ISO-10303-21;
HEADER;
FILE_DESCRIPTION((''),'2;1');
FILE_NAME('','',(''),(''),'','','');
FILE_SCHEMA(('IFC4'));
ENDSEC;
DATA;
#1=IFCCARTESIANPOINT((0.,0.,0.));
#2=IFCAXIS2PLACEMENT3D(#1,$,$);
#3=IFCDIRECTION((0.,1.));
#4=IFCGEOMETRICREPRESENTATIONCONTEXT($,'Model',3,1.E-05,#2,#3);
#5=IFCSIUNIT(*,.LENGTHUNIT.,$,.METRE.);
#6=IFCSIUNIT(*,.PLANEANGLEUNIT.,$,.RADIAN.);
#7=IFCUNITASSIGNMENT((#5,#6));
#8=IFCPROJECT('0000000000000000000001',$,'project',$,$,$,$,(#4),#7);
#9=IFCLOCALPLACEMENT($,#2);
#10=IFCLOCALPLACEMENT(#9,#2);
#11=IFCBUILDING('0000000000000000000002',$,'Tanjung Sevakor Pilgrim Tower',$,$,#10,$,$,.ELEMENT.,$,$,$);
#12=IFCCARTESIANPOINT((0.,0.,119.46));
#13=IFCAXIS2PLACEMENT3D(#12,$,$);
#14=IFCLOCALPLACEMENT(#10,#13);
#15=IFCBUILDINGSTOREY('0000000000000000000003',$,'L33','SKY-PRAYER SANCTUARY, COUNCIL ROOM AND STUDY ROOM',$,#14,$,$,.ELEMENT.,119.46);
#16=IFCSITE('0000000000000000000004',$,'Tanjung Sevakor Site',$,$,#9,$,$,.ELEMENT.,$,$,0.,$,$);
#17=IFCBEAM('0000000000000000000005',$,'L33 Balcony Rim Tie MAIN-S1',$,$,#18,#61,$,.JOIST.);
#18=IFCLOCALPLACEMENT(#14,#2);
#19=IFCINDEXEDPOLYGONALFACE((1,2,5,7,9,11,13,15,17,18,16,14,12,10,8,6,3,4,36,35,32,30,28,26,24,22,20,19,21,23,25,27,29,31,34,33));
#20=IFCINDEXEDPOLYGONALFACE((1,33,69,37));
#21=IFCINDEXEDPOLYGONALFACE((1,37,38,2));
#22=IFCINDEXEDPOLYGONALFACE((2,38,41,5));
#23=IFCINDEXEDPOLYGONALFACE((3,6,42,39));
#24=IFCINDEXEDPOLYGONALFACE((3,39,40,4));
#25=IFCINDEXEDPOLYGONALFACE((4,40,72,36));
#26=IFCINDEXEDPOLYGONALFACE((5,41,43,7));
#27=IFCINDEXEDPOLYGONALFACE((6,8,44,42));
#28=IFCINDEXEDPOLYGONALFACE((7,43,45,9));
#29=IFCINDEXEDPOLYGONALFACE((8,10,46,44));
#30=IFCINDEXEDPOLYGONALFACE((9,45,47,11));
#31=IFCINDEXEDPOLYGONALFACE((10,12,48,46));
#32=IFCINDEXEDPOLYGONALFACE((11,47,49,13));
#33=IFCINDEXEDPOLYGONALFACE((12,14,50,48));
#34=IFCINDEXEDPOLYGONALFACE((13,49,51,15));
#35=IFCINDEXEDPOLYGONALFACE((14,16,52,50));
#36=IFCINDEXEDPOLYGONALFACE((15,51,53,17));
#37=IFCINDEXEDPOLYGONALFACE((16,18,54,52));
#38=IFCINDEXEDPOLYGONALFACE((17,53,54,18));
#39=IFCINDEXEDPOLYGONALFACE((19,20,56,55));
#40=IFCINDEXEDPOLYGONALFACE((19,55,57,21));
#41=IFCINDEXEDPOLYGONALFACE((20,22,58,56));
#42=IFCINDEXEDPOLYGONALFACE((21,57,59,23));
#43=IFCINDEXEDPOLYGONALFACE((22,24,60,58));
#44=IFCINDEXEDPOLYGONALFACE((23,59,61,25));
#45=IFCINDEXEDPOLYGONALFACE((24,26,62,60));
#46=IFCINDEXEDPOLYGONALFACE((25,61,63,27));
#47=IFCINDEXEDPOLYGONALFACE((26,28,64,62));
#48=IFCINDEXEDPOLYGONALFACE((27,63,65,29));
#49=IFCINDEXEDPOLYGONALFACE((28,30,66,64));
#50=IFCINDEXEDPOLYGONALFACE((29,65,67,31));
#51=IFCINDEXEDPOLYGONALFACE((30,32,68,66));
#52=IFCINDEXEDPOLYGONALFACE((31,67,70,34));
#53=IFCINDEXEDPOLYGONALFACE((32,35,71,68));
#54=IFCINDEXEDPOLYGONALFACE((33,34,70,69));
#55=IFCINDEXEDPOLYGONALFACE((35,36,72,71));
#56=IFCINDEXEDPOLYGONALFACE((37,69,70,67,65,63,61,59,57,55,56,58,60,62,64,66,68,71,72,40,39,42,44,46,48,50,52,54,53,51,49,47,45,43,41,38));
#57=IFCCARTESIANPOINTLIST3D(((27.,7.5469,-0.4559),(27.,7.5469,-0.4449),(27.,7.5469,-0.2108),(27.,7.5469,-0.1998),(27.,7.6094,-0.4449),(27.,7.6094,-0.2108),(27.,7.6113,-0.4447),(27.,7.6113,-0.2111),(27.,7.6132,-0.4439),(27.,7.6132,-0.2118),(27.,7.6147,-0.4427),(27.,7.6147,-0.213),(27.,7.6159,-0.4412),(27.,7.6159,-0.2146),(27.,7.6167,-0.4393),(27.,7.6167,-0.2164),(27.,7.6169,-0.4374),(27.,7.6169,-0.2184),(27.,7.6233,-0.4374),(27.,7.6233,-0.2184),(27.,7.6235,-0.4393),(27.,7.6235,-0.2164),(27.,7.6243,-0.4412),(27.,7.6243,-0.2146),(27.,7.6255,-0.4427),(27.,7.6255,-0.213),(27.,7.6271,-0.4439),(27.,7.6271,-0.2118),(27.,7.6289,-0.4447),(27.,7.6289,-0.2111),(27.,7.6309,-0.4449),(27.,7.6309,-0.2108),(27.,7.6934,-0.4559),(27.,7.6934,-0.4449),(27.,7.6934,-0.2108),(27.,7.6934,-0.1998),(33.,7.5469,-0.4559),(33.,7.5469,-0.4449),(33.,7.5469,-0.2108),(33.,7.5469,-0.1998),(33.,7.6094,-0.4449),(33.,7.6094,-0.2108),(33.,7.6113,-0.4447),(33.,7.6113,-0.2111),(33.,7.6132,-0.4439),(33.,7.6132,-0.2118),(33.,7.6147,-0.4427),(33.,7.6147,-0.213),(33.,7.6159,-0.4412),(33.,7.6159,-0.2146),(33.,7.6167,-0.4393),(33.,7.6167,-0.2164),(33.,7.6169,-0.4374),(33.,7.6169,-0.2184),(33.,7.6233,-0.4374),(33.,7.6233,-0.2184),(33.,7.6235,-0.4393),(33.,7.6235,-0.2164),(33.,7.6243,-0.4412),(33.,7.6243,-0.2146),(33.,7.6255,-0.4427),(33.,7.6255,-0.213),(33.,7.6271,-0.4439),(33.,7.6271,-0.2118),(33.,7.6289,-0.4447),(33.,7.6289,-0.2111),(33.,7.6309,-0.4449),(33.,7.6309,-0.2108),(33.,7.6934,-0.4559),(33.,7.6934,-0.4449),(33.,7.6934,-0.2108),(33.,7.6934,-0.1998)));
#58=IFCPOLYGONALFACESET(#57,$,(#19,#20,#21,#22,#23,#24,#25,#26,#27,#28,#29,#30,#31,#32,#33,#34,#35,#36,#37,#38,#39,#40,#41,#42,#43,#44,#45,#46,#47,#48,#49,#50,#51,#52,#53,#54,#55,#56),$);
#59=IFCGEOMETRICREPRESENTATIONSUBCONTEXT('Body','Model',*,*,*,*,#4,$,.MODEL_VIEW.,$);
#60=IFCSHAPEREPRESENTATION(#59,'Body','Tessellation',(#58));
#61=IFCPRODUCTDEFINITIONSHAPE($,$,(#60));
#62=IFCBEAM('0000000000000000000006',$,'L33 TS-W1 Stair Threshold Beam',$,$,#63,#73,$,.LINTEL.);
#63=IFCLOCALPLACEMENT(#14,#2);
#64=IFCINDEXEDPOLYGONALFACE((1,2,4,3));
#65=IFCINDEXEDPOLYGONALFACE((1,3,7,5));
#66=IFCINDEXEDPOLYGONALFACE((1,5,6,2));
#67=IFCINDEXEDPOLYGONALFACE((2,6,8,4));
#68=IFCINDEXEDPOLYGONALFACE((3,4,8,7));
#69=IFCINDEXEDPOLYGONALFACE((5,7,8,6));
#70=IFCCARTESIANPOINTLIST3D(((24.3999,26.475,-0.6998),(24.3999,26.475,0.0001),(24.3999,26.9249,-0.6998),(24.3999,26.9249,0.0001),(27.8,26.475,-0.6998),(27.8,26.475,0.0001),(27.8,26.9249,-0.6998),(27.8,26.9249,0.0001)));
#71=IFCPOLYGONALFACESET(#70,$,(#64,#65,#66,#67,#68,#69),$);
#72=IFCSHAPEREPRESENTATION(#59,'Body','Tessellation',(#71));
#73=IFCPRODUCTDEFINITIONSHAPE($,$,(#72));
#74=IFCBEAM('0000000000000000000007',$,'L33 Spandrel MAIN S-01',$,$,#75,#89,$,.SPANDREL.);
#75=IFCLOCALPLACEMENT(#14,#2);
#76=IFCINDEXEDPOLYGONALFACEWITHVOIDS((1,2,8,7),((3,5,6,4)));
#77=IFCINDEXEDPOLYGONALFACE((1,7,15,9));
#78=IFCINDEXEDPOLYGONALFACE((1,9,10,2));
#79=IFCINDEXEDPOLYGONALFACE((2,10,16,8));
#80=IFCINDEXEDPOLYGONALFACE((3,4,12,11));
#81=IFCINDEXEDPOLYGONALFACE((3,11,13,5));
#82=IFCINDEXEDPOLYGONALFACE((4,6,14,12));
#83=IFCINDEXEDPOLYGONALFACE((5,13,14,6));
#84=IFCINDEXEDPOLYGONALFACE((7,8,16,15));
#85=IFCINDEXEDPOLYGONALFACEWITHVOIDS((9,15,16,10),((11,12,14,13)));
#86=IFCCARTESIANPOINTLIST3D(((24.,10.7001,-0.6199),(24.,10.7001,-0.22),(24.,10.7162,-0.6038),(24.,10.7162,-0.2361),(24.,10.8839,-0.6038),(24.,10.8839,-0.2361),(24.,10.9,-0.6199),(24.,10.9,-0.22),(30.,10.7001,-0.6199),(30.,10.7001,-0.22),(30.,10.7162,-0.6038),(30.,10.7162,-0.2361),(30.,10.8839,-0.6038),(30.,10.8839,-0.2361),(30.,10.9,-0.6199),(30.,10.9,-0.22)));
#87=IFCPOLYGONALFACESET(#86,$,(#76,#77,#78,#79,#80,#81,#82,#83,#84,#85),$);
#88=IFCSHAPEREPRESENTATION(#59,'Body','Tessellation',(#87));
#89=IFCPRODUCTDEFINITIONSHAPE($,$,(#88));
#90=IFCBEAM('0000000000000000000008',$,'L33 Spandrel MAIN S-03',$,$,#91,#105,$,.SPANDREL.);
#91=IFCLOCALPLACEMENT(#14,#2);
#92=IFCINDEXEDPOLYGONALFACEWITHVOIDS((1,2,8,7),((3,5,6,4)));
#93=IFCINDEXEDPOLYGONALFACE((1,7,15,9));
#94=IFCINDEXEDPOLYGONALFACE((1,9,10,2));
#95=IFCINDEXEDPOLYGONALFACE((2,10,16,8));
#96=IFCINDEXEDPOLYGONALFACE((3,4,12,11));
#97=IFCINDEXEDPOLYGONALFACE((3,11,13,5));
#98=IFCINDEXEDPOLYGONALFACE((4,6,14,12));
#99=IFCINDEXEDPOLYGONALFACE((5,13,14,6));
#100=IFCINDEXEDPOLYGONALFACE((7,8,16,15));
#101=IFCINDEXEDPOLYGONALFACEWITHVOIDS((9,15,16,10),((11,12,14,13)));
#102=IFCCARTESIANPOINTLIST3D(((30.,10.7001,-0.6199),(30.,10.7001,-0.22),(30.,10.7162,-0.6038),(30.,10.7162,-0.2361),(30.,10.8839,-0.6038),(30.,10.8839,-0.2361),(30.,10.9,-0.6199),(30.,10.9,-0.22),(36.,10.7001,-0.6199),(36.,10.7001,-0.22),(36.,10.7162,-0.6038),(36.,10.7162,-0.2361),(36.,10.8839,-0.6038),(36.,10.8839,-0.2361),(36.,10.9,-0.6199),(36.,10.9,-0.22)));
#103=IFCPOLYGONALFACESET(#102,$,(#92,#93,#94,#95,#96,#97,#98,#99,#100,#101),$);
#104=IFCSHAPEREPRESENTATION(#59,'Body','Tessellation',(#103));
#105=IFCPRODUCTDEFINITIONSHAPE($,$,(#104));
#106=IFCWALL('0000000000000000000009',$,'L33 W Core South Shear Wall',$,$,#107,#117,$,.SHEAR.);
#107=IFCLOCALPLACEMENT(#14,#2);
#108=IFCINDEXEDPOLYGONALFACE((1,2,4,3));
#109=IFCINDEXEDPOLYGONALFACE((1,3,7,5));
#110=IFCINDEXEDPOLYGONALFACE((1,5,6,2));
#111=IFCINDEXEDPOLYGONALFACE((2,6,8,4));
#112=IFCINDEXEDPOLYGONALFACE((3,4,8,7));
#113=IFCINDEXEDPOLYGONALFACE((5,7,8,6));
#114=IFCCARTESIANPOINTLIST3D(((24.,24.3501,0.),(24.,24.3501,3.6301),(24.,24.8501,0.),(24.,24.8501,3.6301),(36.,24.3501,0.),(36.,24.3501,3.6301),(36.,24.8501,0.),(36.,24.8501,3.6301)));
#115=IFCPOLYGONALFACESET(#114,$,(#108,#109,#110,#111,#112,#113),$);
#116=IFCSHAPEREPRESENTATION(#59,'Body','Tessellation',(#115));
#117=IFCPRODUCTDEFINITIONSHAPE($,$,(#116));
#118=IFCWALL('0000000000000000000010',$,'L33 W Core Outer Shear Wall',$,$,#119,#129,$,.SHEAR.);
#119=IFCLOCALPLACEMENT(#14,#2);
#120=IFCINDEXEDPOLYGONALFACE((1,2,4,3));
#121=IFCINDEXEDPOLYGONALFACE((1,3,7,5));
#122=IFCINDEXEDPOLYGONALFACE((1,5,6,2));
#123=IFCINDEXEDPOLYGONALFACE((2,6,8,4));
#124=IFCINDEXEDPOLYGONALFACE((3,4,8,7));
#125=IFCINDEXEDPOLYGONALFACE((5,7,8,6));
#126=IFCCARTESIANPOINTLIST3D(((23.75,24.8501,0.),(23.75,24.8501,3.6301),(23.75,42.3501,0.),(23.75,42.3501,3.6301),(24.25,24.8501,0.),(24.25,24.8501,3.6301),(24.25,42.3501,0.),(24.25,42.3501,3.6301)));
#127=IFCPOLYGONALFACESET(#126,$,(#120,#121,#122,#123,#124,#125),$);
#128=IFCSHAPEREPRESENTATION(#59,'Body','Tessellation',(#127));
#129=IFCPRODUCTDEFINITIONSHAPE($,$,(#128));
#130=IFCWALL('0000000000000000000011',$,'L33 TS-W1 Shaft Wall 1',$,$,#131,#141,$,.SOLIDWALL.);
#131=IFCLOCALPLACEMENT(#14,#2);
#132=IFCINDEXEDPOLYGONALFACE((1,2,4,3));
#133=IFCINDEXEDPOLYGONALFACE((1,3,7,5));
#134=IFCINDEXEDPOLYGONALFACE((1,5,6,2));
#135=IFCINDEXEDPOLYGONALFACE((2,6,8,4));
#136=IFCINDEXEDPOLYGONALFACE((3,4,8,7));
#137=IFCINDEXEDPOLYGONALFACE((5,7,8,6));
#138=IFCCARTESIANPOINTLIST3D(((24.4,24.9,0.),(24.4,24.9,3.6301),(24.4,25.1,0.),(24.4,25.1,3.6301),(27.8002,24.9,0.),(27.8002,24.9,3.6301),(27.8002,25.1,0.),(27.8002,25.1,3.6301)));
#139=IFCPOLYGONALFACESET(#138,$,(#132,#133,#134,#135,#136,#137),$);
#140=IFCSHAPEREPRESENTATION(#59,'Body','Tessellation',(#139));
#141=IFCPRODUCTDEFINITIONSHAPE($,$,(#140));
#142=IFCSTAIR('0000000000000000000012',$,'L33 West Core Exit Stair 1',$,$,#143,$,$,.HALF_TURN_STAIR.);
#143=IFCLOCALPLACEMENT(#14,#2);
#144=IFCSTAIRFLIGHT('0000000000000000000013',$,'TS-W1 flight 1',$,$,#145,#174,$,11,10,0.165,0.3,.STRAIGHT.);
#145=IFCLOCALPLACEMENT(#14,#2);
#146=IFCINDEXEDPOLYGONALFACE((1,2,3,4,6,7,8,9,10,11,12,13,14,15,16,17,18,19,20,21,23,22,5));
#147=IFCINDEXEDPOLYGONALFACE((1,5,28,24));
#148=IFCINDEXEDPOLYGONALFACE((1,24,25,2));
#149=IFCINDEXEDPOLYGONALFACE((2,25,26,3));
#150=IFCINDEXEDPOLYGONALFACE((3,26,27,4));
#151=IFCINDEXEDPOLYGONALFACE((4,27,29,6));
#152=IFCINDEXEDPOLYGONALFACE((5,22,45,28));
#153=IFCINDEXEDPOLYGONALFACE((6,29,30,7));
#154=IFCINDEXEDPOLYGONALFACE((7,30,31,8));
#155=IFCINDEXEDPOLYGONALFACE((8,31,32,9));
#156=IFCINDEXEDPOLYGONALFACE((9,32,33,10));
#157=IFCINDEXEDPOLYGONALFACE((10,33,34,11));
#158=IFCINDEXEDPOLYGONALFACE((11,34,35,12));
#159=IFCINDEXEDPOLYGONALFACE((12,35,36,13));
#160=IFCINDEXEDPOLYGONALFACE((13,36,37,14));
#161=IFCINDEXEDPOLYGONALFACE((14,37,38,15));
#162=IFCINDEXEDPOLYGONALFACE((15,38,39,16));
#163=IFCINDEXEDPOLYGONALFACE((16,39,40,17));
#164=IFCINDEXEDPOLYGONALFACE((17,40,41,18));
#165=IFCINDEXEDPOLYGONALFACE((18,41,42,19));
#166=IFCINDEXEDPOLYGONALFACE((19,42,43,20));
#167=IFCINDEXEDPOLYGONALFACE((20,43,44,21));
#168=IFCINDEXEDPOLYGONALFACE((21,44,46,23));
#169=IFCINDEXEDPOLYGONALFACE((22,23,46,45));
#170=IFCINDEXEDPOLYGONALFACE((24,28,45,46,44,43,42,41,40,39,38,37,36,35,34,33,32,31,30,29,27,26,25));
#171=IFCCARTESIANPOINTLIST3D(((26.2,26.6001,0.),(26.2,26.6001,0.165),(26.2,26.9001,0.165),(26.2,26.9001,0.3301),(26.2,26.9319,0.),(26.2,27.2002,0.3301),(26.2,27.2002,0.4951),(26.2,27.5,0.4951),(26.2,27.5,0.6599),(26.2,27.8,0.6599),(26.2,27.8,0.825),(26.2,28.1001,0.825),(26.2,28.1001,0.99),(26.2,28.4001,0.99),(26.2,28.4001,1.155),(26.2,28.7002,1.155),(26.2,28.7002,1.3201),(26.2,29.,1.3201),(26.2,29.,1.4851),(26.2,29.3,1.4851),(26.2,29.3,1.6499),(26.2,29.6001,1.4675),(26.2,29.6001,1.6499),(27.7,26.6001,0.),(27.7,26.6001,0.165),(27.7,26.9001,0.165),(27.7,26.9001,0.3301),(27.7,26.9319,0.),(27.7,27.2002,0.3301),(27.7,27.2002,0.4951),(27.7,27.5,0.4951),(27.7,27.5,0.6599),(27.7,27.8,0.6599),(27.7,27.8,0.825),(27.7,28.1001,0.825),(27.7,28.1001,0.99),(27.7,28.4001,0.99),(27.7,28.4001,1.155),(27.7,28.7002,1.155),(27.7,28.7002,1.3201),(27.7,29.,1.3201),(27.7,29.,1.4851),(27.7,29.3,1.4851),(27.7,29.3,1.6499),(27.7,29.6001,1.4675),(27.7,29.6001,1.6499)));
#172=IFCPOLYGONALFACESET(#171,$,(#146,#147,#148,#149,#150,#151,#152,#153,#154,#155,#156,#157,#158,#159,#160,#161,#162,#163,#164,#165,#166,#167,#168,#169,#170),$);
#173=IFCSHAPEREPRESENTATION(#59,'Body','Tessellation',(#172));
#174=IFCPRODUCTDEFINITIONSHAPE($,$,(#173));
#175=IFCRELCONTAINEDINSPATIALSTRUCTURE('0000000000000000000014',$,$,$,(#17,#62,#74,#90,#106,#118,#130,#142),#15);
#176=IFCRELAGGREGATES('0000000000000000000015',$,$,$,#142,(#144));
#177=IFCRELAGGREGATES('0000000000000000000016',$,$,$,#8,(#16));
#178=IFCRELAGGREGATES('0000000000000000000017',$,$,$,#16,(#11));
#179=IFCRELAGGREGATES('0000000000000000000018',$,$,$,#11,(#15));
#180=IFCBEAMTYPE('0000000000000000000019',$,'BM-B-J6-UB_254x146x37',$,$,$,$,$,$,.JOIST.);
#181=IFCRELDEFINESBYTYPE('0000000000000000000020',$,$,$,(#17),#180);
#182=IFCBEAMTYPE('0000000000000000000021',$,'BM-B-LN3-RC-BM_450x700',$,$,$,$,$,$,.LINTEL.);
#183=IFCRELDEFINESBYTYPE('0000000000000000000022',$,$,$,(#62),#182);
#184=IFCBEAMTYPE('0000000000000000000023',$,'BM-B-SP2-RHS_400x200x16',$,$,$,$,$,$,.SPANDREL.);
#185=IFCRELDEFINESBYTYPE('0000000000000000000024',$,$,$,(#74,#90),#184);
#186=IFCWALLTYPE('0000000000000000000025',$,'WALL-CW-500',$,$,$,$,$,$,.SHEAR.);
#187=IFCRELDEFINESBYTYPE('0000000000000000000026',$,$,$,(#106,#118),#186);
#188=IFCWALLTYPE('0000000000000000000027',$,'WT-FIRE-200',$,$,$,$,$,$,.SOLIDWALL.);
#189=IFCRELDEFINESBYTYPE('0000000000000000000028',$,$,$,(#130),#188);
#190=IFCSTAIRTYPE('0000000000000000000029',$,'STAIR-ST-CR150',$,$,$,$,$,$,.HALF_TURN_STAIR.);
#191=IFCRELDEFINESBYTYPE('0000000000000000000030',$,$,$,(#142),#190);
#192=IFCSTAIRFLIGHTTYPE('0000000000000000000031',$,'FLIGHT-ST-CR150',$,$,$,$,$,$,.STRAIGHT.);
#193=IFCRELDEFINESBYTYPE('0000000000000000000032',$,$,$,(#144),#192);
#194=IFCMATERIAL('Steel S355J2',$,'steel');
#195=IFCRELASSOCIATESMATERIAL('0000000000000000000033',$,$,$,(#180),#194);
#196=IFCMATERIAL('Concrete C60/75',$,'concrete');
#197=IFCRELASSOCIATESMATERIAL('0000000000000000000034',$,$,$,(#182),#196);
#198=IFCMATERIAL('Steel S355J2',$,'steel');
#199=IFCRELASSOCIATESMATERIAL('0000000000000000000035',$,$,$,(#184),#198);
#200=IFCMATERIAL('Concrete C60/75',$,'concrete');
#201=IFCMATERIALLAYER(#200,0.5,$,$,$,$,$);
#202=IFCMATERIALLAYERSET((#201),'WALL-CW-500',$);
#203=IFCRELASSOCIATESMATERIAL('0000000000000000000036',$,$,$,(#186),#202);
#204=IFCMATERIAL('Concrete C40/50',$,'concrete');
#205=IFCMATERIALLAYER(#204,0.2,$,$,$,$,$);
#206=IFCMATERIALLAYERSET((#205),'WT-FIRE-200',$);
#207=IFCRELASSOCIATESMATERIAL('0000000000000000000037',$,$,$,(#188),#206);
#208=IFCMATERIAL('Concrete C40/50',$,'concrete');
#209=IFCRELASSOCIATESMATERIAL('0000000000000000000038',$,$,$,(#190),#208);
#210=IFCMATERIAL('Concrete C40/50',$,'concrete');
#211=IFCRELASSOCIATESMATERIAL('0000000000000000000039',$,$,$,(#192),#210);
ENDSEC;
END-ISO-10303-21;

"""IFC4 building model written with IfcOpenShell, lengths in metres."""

from ifc_helpers import new_model, si_unit, direction, frame, frame_2d, origin, origin_2d, place, context, subcontext, project, spatial, polyline, rectangle, hollow_rectangle, i_section, outline, extrude, material, layer, layer_set, material_profile, profile_set, type_object, element, aggregate, save


model = new_model("IFC4")

# Units and contexts
model_context = context("Model", 3, precision=1e-05, world=origin(), true_north=direction((0.0, 1.0)))
body_context = subcontext(model_context, "Body", "Model", "MODEL_VIEW")
ifc_project = project(units=[si_unit("LENGTHUNIT", "METRE"), si_unit("PLANEANGLEUNIT", "RADIAN")], contexts=[model_context])

# Site, building, storey
site_placement = place(None, origin())
site = spatial("IfcSite", under=ifc_project, at=site_placement, Name="Tanjung Sevakor Site", CompositionType="ELEMENT", RefElevation=0.0)
building_placement = place(site_placement, origin())
building = spatial("IfcBuilding", under=site, at=building_placement, Name="Tanjung Sevakor Pilgrim Tower", CompositionType="ELEMENT")
storey_placement = place(building_placement, frame((0.0, 0.0, 119.46)))
storey = spatial("IfcBuildingStorey", under=building, at=storey_placement, Name="L33", Description="SKY-PRAYER SANCTUARY, COUNCIL ROOM AND STUDY ROOM", CompositionType="ELEMENT", Elevation=119.46)

# Beams
ifc_material_1 = material(Name="Steel S355J2", Category="steel")
ifc_material_profile_1 = material_profile(ifc_material_1, i_section(OverallWidth=0.1465, OverallDepth=0.2561, WebThickness=0.0063, FlangeThickness=0.011, FilletRadius=0.0076, at=origin_2d()))
ifc_profile_set_1 = profile_set([ifc_material_profile_1], Name="Steel S355J2")
beam_type_1 = type_object("IfcBeamType", Name="BM-B-J6-UB_254x146x37", PredefinedType="JOIST", material=ifc_profile_set_1)
beam_1_placement = place(storey_placement, frame((27.0, 7.6201, -0.3279), z_axis=(1.0, 0.0, 0.0), x_axis=(0.0, 1.0, 0.0)))
element("IfcBeam", 1, at=beam_1_placement, inside=storey, type_object=beam_type_1, Name="L33 Balcony Rim Tie MAIN-S1", PredefinedType="JOIST", context=body_context, shape_type="SweptSolid", body=[
    extrude(i_section(OverallWidth=0.1465, OverallDepth=0.2561, WebThickness=0.0063, FlangeThickness=0.011, FilletRadius=0.0076, at=origin_2d()), origin(), (0.0, 0.0, 1.0), 6.0),
])
ifc_material_2 = material(Name="Concrete C60/75", Category="concrete")
ifc_material_profile_2 = material_profile(ifc_material_2, rectangle(XDim=0.45, YDim=0.7, at=origin_2d()))
ifc_profile_set_2 = profile_set([ifc_material_profile_2], Name="Concrete C60/75")
beam_type_2 = type_object("IfcBeamType", Name="BM-B-LN3-RC-BM_450x700", PredefinedType="LINTEL", material=ifc_profile_set_2)
beam_2_placement = place(storey_placement, frame((24.3999, 26.7, -0.3499), z_axis=(1.0, 0.0, 0.0), x_axis=(0.0, 1.0, 0.0)))
element("IfcBeam", 2, at=beam_2_placement, inside=storey, type_object=beam_type_2, Name="L33 TS-W1 Stair Threshold Beam", PredefinedType="LINTEL", context=body_context, shape_type="SweptSolid", body=[
    extrude(rectangle(XDim=0.45, YDim=0.7, at=origin_2d()), origin(), (0.0, 0.0, 1.0), 3.4001),
])
ifc_material_3 = material(Name="Steel S355J2", Category="steel")
ifc_material_profile_3 = material_profile(ifc_material_3, hollow_rectangle(XDim=0.2, YDim=0.3999, WallThickness=0.0161, at=origin_2d()))
ifc_profile_set_3 = profile_set([ifc_material_profile_3], Name="Steel S355J2")
beam_type_3 = type_object("IfcBeamType", Name="BM-B-SP2-RHS_400x200x16", PredefinedType="SPANDREL", material=ifc_profile_set_3)
for number, where, z_axis, x_axis, name in (
    (3, (24.0, 10.8, -0.4199), (1.0, 0.0, 0.0), (0.0, 1.0, 0.0), "L33 Spandrel MAIN S-01"),
    (4, (30.0, 10.8, -0.4199), (1.0, 0.0, 0.0), (0.0, 1.0, 0.0), "L33 Spandrel MAIN S-03"),
):
    element("IfcBeam", number, at=place(storey_placement, frame(where, z_axis=z_axis, x_axis=x_axis)), inside=storey, type_object=beam_type_3, Name=name, PredefinedType="SPANDREL", context=body_context, shape_type="SweptSolid", body=[
        extrude(hollow_rectangle(XDim=0.2, YDim=0.3999, WallThickness=0.0161, at=origin_2d()), origin(), (0.0, 0.0, 1.0), 6.0),
    ])

# Walls
ifc_material_4 = material(Name="Concrete C60/75", Category="concrete")
ifc_layer_1 = layer(ifc_material_4, 0.5)
ifc_layer_set_1 = layer_set([ifc_layer_1], Name="WALL-CW-500")
wall_type_1 = type_object("IfcWallType", Name="WALL-CW-500", PredefinedType="SHEAR", material=ifc_layer_set_1)
wall_1_placement = place(storey_placement, frame((24.0, 24.6001, 0.0), z_axis=(0.0, 0.0, 1.0), x_axis=(1.0, 0.0, 0.0)))
element("IfcWall", 5, at=wall_1_placement, inside=storey, type_object=wall_type_1, Name="L33 W Core South Shear Wall", PredefinedType="SHEAR", context=body_context, shape_type="SweptSolid", body=[
    extrude(rectangle(XDim=12.0, YDim=0.5, at=frame_2d((6.0, 0.0))), origin(), (0.0, 0.0, 1.0), 3.6301),
])
wall_2_placement = place(storey_placement, frame((24.0, 24.8501, 0.0), z_axis=(0.0, 0.0, 1.0), x_axis=(0.0, 1.0, 0.0)))
element("IfcWall", 6, at=wall_2_placement, inside=storey, type_object=wall_type_1, Name="L33 W Core Outer Shear Wall", PredefinedType="SHEAR", context=body_context, shape_type="SweptSolid", body=[
    extrude(rectangle(XDim=17.5, YDim=0.5, at=frame_2d((8.75, 0.0))), origin(), (0.0, 0.0, 1.0), 3.6301),
])

# Wall
ifc_material_5 = material(Name="Concrete C40/50", Category="concrete")
ifc_layer_2 = layer(ifc_material_5, 0.2)
ifc_layer_set_2 = layer_set([ifc_layer_2], Name="WT-FIRE-200")
wall_type_2 = type_object("IfcWallType", Name="WT-FIRE-200", PredefinedType="SOLIDWALL", material=ifc_layer_set_2)
wall_3_placement = place(storey_placement, frame((24.3999, 25.0, 0.0), z_axis=(0.0, 0.0, 1.0), x_axis=(1.0, 0.0, 0.0)))
element("IfcWall", 7, at=wall_3_placement, inside=storey, type_object=wall_type_2, Name="L33 TS-W1 Shaft Wall 1", PredefinedType="SOLIDWALL", context=body_context, shape_type="SweptSolid", body=[
    extrude(rectangle(XDim=3.4001, YDim=0.2, at=frame_2d((1.7002, 0.0))), origin(), (0.0, 0.0, 1.0), 3.6301),
])

# Stair, stair flight
ifc_material_6 = material(Name="Concrete C40/50", Category="concrete")
stair_type = type_object("IfcStairType", Name="STAIR-ST-CR150", PredefinedType="HALF_TURN_STAIR", material=ifc_material_6)
stair_placement = place(storey_placement, origin())
stair = element("IfcStair", 8, at=stair_placement, inside=storey, type_object=stair_type, Name="L33 West Core Exit Stair 1", PredefinedType="HALF_TURN_STAIR")
ifc_material_7 = material(Name="Concrete C40/50", Category="concrete")
stair_flight_type = type_object("IfcStairFlightType", Name="FLIGHT-ST-CR150", PredefinedType="STRAIGHT", material=ifc_material_7)
stair_flight_1_placement = place(storey_placement, frame((26.95, 26.6001, 0.0), z_axis=(0.0, 0.0, 1.0), x_axis=(0.0, 1.0, 0.0)))
stair_flight_1 = element("IfcStairFlight", 9, at=stair_flight_1_placement, type_object=stair_flight_type, Name="TS-W1 flight 1", NumberOfRisers=11, NumberOfTreads=10, PredefinedType="STRAIGHT", RiserHeight=0.165, TreadLength=0.3, context=body_context, shape_type="SweptSolid", body=[
    extrude(outline(polyline([(0.0, 0.0), (0.0, 0.165), (0.3, 0.165), (0.3, 0.3301), (0.6001, 0.3301), (0.6001, 0.4951), (0.8999, 0.4951), (0.8999, 0.6599), (1.2, 0.6599), (1.2, 0.825), (1.5, 0.825), (1.5, 0.99), (1.8, 0.99), (1.8, 1.155), (2.1001, 1.155), (2.1001, 1.3201), (2.3999, 1.3201), (2.3999, 1.4851), (2.7, 1.4851), (2.7, 1.6499), (3.0, 1.6499), (3.0, 1.8149), (3.0, 1.4675), (0.3318, 0.0), (0.0, 0.0)])), frame((0.0, 0.75, 0.0), z_axis=(0.0, -1.0, 0.0), x_axis=(1.0, 0.0, 0.0)), (0.0, 0.0, 1.0), 1.5),
])
aggregate(stair, [stair_flight_1])

save(model, "model.ifc")
